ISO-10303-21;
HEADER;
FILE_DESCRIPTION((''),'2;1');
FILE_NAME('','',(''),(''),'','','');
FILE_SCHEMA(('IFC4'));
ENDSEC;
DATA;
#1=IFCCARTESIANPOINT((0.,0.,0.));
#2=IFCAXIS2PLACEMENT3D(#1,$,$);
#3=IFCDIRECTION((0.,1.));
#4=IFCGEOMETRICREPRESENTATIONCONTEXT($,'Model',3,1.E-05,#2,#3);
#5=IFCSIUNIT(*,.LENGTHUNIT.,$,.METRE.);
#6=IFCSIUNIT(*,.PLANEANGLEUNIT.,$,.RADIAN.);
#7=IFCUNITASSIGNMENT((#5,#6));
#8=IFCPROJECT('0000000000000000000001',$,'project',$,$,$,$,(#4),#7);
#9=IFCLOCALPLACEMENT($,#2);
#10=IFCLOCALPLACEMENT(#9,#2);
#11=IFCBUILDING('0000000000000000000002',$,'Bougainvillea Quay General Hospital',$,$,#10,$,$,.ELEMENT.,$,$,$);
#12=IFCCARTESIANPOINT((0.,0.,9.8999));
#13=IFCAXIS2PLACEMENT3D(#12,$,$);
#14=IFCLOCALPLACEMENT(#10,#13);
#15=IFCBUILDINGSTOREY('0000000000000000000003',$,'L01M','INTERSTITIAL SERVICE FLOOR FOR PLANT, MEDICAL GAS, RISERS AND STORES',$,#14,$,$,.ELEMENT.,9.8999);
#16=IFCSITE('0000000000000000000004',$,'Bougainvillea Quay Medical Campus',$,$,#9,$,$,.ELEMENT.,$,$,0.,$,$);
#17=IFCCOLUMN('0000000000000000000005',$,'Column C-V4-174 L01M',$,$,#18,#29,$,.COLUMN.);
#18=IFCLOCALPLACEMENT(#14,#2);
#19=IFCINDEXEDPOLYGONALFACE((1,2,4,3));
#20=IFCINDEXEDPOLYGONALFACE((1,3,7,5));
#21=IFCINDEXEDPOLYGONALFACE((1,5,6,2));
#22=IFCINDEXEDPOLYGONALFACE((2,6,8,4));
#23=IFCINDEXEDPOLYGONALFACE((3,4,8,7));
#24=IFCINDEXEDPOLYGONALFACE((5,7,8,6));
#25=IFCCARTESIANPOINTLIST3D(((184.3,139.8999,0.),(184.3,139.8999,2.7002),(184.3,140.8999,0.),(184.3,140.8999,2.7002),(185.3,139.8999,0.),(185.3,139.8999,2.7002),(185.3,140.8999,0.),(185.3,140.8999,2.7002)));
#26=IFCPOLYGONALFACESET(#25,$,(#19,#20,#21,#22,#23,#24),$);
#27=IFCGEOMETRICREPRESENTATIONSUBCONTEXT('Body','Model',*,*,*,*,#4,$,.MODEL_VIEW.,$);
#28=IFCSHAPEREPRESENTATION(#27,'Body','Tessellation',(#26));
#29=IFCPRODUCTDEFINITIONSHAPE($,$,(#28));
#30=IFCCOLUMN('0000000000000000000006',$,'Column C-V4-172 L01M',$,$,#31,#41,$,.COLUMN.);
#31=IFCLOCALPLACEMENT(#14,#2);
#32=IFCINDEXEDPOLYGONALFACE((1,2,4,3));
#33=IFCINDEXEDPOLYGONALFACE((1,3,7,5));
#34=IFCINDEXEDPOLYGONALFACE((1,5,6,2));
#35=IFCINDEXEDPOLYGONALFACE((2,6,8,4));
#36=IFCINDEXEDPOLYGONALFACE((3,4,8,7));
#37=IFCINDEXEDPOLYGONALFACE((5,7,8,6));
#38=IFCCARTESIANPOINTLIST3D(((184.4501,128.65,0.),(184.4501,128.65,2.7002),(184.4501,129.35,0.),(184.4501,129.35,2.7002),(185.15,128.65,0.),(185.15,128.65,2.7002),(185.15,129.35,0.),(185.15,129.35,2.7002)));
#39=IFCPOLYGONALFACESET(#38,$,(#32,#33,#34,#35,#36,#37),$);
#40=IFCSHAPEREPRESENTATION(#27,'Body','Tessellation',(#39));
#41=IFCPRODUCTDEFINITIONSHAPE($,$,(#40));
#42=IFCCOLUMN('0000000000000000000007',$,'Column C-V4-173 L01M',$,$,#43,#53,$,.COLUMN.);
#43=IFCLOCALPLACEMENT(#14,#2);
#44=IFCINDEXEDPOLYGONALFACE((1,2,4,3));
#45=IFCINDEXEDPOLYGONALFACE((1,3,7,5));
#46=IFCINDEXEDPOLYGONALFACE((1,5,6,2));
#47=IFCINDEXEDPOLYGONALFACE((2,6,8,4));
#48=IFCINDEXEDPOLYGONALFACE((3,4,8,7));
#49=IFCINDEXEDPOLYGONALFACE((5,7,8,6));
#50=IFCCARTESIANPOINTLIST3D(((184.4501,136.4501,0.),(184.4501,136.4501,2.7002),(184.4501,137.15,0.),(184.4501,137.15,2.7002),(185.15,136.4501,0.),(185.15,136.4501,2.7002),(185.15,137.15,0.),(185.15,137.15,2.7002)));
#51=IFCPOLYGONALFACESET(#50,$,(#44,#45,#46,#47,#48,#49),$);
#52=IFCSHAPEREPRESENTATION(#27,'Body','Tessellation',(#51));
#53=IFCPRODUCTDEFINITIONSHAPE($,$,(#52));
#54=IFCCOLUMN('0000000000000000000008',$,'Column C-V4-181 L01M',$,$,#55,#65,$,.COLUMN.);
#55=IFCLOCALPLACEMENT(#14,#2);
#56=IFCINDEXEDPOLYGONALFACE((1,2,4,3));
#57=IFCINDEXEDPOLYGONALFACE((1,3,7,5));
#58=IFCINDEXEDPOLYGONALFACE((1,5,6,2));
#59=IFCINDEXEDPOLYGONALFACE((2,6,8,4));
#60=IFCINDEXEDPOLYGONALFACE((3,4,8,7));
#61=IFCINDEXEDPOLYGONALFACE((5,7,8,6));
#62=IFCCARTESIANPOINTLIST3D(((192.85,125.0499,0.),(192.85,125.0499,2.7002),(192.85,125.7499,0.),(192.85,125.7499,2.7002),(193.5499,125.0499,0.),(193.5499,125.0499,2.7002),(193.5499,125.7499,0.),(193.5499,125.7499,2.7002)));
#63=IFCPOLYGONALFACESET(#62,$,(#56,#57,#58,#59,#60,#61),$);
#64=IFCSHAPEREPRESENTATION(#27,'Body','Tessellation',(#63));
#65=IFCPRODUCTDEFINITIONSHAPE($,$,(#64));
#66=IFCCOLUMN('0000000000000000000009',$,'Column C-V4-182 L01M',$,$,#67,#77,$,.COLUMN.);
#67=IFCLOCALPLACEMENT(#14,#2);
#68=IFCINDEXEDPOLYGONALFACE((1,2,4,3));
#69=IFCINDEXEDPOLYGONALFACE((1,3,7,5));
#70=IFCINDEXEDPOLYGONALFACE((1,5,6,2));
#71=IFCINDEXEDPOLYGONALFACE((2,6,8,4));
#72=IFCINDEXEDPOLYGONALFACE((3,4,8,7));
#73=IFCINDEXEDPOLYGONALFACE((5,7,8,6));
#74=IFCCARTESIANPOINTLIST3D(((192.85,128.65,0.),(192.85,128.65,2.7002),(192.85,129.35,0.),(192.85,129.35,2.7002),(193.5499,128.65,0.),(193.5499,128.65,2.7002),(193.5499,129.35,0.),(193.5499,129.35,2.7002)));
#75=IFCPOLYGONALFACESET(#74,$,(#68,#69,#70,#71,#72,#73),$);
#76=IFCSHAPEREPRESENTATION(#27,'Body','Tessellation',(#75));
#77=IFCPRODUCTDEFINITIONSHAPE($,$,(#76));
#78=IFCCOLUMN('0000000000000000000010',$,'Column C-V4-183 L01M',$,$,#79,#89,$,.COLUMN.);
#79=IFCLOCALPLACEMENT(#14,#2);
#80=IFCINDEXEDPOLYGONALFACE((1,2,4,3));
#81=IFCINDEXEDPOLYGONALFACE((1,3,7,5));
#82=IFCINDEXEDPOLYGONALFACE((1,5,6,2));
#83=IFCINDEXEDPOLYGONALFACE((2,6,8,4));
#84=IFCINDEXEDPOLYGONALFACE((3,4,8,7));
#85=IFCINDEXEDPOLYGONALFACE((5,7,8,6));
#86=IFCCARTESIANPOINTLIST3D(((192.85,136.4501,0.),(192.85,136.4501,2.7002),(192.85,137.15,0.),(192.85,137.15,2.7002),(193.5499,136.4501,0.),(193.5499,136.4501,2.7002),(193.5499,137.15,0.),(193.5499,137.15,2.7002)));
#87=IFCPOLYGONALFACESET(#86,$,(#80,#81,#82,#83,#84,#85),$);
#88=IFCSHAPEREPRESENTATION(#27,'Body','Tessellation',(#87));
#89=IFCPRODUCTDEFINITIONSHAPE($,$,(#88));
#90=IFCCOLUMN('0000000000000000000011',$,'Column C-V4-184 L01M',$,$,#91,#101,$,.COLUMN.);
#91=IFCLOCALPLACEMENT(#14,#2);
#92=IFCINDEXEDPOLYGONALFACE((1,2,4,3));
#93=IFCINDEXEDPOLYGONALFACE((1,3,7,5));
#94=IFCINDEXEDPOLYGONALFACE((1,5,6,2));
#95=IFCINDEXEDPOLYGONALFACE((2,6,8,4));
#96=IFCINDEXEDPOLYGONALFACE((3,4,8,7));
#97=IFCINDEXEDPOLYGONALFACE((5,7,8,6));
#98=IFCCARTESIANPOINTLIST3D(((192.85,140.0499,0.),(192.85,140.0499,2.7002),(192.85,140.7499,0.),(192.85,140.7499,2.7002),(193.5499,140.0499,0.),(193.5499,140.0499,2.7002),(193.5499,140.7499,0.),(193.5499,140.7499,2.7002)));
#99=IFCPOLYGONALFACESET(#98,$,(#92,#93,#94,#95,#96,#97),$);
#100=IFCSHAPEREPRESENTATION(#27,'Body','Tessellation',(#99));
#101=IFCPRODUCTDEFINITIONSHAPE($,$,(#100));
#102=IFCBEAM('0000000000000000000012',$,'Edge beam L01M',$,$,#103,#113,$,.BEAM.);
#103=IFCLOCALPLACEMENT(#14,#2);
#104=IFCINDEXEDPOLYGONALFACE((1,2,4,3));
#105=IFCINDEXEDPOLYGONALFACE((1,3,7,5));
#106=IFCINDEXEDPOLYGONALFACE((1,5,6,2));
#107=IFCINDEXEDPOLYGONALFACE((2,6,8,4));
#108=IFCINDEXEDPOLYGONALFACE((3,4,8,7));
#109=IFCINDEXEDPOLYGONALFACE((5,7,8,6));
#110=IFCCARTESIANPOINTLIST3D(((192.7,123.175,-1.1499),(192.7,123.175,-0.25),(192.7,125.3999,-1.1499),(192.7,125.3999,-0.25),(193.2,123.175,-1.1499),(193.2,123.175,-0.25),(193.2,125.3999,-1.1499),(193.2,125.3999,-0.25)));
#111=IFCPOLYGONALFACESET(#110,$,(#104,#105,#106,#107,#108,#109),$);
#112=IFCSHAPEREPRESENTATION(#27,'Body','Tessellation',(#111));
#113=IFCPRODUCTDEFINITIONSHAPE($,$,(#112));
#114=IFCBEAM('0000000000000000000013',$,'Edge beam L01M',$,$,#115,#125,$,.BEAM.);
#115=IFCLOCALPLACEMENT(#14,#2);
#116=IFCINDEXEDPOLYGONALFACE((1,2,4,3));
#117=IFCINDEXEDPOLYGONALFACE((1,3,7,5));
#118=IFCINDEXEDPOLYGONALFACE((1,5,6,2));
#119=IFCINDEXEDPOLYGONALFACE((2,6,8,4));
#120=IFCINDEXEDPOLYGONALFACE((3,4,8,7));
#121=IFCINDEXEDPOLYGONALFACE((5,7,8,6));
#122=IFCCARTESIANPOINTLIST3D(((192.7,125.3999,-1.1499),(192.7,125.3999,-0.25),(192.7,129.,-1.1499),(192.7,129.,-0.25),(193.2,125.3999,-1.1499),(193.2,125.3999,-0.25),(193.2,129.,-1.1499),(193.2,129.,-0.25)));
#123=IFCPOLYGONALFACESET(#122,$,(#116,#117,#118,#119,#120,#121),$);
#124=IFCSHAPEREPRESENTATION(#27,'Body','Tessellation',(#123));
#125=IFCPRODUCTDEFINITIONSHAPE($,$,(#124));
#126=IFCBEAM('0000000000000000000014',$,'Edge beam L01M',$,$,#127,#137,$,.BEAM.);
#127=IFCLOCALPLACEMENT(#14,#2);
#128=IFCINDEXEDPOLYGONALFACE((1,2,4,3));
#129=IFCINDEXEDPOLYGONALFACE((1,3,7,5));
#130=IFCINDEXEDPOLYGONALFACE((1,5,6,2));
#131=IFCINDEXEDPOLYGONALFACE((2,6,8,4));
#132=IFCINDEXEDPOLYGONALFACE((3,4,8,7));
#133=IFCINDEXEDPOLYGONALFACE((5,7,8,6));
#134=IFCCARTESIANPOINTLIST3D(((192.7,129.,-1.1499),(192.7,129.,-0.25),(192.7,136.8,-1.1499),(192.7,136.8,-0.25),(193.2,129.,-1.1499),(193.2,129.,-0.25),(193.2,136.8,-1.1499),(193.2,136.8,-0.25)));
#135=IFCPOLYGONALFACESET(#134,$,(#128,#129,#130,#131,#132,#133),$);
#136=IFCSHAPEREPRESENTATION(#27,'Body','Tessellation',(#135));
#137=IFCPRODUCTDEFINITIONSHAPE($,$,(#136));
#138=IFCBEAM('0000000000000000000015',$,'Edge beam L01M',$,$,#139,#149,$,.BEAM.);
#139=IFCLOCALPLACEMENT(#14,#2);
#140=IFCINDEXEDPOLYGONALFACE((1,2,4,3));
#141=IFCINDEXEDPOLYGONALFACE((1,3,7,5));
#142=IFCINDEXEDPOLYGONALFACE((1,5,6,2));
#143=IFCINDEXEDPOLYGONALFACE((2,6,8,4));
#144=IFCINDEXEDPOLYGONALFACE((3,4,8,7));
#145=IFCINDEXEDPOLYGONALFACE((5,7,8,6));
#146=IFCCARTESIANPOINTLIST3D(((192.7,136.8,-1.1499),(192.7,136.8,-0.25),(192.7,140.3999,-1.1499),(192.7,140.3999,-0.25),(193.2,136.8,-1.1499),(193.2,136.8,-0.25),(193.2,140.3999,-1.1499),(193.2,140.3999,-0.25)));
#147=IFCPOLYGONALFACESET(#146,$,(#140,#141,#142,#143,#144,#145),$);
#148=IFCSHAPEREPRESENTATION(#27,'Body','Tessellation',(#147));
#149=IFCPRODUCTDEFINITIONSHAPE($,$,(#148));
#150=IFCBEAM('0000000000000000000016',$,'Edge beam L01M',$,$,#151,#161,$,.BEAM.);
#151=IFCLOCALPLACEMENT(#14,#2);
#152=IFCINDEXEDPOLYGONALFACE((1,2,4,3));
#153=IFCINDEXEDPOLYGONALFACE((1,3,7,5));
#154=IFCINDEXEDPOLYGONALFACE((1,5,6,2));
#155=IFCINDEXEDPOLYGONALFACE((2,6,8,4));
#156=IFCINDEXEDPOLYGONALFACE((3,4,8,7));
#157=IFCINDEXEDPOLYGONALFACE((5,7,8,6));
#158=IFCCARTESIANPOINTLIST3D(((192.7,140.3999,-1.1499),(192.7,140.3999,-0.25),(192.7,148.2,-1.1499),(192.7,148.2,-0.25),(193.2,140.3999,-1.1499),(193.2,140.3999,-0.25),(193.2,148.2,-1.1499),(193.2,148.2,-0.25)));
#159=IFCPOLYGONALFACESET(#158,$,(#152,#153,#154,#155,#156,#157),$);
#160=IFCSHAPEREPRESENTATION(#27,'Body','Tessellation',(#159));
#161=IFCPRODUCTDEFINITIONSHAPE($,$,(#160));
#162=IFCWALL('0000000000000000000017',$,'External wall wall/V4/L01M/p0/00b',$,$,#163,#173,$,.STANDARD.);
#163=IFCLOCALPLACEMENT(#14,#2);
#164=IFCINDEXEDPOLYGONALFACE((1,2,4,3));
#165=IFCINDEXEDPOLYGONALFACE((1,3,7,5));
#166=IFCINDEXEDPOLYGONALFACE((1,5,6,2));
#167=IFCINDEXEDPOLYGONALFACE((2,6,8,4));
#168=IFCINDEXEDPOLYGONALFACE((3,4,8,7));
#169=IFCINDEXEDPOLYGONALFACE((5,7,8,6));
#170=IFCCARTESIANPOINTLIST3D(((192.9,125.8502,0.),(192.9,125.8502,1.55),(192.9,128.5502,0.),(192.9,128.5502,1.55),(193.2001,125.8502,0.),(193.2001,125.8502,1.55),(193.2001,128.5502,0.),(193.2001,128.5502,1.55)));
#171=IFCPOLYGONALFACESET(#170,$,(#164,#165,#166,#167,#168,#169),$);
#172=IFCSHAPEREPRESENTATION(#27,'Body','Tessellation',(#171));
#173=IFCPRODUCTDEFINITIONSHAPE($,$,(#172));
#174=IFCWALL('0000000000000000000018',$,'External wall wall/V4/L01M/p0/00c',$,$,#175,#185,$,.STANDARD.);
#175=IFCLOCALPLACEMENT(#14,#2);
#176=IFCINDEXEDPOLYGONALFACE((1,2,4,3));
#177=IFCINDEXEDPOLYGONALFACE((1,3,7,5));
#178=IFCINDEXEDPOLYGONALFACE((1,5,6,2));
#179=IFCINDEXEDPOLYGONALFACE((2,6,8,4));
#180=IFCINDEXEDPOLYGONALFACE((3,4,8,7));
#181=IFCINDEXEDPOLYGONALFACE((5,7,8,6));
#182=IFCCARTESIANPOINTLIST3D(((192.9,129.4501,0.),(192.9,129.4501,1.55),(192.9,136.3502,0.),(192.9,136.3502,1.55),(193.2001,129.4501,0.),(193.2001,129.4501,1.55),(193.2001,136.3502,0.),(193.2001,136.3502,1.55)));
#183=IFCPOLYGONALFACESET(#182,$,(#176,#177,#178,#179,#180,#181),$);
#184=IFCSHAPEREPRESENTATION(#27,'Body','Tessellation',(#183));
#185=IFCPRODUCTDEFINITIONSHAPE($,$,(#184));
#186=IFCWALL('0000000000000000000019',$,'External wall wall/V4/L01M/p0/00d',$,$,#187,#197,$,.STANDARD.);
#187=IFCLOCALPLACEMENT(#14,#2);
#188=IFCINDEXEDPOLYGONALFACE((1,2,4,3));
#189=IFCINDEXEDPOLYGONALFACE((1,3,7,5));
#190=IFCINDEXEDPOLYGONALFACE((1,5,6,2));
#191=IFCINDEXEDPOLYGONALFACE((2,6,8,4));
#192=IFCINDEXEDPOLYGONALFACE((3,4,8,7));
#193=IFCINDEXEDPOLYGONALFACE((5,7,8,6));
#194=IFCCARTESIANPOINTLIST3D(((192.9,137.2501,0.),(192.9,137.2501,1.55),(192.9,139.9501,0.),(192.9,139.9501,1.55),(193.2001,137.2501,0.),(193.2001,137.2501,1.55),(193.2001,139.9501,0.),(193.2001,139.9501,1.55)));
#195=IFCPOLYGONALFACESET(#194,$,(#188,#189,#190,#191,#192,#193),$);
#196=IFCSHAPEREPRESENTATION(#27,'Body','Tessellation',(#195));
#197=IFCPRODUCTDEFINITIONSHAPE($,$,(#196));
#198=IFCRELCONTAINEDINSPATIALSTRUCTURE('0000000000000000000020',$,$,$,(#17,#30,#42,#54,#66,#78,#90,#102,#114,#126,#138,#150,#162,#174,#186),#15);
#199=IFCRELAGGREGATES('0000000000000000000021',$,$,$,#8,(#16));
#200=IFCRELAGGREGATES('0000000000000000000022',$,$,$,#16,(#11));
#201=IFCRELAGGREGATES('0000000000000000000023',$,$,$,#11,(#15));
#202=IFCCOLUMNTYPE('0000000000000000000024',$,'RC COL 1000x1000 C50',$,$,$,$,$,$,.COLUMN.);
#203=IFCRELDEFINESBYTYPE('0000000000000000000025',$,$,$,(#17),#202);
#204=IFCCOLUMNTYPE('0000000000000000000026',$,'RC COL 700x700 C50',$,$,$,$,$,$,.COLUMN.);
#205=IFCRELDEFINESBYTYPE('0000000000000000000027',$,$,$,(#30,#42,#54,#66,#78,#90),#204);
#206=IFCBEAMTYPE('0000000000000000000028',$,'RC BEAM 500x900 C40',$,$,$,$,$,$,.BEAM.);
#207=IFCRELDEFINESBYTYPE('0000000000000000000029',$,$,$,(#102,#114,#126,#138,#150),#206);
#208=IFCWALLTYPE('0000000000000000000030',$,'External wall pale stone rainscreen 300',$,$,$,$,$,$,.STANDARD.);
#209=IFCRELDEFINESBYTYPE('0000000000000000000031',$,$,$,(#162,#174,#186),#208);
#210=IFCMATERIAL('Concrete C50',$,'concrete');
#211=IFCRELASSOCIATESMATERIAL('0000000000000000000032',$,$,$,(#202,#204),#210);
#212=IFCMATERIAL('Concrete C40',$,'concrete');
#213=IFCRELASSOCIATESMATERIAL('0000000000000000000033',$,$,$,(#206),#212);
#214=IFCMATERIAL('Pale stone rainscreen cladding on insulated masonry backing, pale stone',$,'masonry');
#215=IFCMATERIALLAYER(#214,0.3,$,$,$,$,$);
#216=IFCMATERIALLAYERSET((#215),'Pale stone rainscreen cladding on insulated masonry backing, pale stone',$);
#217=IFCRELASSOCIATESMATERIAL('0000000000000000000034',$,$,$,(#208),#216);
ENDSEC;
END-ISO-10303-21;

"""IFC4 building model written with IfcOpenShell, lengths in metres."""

from ifc_helpers import new_model, si_unit, direction, frame, frame_2d, origin, origin_2d, place, context, subcontext, project, spatial, rectangle, extrude, material, layer, layer_set, material_profile, profile_set, type_object, element, save


model = new_model("IFC4")

# Units and contexts
model_context = context("Model", 3, precision=1e-05, world=origin(), true_north=direction((0.0, 1.0)))
body_context = subcontext(model_context, "Body", "Model", "MODEL_VIEW")
ifc_project = project(units=[si_unit("LENGTHUNIT", "METRE"), si_unit("PLANEANGLEUNIT", "RADIAN")], contexts=[model_context])

# Site, building, storey
site_placement = place(None, origin())
site = spatial("IfcSite", under=ifc_project, at=site_placement, Name="Bougainvillea Quay Medical Campus", CompositionType="ELEMENT", RefElevation=0.0)
building_placement = place(site_placement, origin())
building = spatial("IfcBuilding", under=site, at=building_placement, Name="Bougainvillea Quay General Hospital", CompositionType="ELEMENT")
storey_placement = place(building_placement, frame((0.0, 0.0, 9.8999)))
storey = spatial("IfcBuildingStorey", under=building, at=storey_placement, Name="L01M", Description="INTERSTITIAL SERVICE FLOOR FOR PLANT, MEDICAL GAS, RISERS AND STORES", CompositionType="ELEMENT", Elevation=9.8999)

# Columns
ifc_material_1 = material(Name="Concrete C50", Category="concrete")
ifc_material_profile_1 = material_profile(ifc_material_1, rectangle(XDim=1.0, YDim=1.0, at=origin_2d()))
ifc_profile_set_1 = profile_set([ifc_material_profile_1], Name="Concrete C50")
column_type_1 = type_object("IfcColumnType", Name="RC COL 1000x1000 C50", PredefinedType="COLUMN", material=ifc_profile_set_1)
column_placement = place(storey_placement, frame((184.8, 140.3999, 0.0), z_axis=(0.0, 0.0, 1.0), x_axis=(1.0, 0.0, 0.0)))
element("IfcColumn", 1, at=column_placement, inside=storey, type_object=column_type_1, Name="Column C-V4-174 L01M", PredefinedType="COLUMN", context=body_context, shape_type="SweptSolid", body=[
    extrude(rectangle(XDim=1.0, YDim=1.0, at=origin_2d()), origin(), (0.0, 0.0, 1.0), 2.7002),
])
ifc_material_profile_2 = material_profile(ifc_material_1, rectangle(XDim=0.7, YDim=0.7, at=origin_2d()))
ifc_profile_set_2 = profile_set([ifc_material_profile_2], Name="Concrete C50")
column_type_2 = type_object("IfcColumnType", Name="RC COL 700x700 C50", PredefinedType="COLUMN", material=ifc_profile_set_2)
for number, where, z_axis, x_axis, name in (
    (2, (184.8, 129.0, 0.0), (0.0, 0.0, 1.0), (1.0, 0.0, 0.0), "Column C-V4-172 L01M"),
    (3, (184.8, 136.8, 0.0), (0.0, 0.0, 1.0), (1.0, 0.0, 0.0), "Column C-V4-173 L01M"),
    (4, (193.2, 125.3999, 0.0), (0.0, 0.0, 1.0), (1.0, 0.0, 0.0), "Column C-V4-181 L01M"),
    (5, (193.2, 129.0, 0.0), (0.0, 0.0, 1.0), (1.0, 0.0, 0.0), "Column C-V4-182 L01M"),
    (6, (193.2, 136.8, 0.0), (0.0, 0.0, 1.0), (1.0, 0.0, 0.0), "Column C-V4-183 L01M"),
    (7, (193.2, 140.3999, 0.0), (0.0, 0.0, 1.0), (1.0, 0.0, 0.0), "Column C-V4-184 L01M"),
):
    element("IfcColumn", number, at=place(storey_placement, frame(where, z_axis=z_axis, x_axis=x_axis)), inside=storey, type_object=column_type_2, Name=name, PredefinedType="COLUMN", context=body_context, shape_type="SweptSolid", body=[
        extrude(rectangle(XDim=0.7, YDim=0.7, at=origin_2d()), origin(), (0.0, 0.0, 1.0), 2.7002),
    ])

# Beams
ifc_material_2 = material(Name="Concrete C40", Category="concrete")
ifc_material_profile_3 = material_profile(ifc_material_2, rectangle(XDim=0.5, YDim=0.8999, at=origin_2d()))
ifc_profile_set_3 = profile_set([ifc_material_profile_3], Name="Concrete C40")
beam_type = type_object("IfcBeamType", Name="RC BEAM 500x900 C40", PredefinedType="BEAM", material=ifc_profile_set_3)
beam_1_placement = place(storey_placement, frame((192.95, 123.175, -0.7), z_axis=(0.0, 1.0, 0.0), x_axis=(-1.0, 0.0, 0.0)))
element("IfcBeam", 8, at=beam_1_placement, inside=storey, type_object=beam_type, Name="Edge beam L01M", PredefinedType="BEAM", context=body_context, shape_type="SweptSolid", body=[
    extrude(rectangle(XDim=0.5, YDim=0.8999, at=origin_2d()), origin(), (0.0, 0.0, 1.0), 2.2249),
])
beam_2_placement = place(storey_placement, frame((192.95, 125.3999, -0.7), z_axis=(0.0, 1.0, 0.0), x_axis=(-1.0, 0.0, 0.0)))
element("IfcBeam", 9, at=beam_2_placement, inside=storey, type_object=beam_type, Name="Edge beam L01M", PredefinedType="BEAM", context=body_context, shape_type="SweptSolid", body=[
    extrude(rectangle(XDim=0.5, YDim=0.8999, at=origin_2d()), origin(), (0.0, 0.0, 1.0), 3.6001),
])
beam_3_placement = place(storey_placement, frame((192.95, 129.0, -0.7), z_axis=(0.0, 1.0, 0.0), x_axis=(-1.0, 0.0, 0.0)))
element("IfcBeam", 10, at=beam_3_placement, inside=storey, type_object=beam_type, Name="Edge beam L01M", PredefinedType="BEAM", context=body_context, shape_type="SweptSolid", body=[
    extrude(rectangle(XDim=0.5, YDim=0.8999, at=origin_2d()), origin(), (0.0, 0.0, 1.0), 7.8),
])
beam_4_placement = place(storey_placement, frame((192.95, 136.8, -0.7), z_axis=(0.0, 1.0, 0.0), x_axis=(-1.0, 0.0, 0.0)))
element("IfcBeam", 11, at=beam_4_placement, inside=storey, type_object=beam_type, Name="Edge beam L01M", PredefinedType="BEAM", context=body_context, shape_type="SweptSolid", body=[
    extrude(rectangle(XDim=0.5, YDim=0.8999, at=origin_2d()), origin(), (0.0, 0.0, 1.0), 3.5999),
])
beam_5_placement = place(storey_placement, frame((192.95, 140.3999, -0.7), z_axis=(0.0, 1.0, 0.0), x_axis=(-1.0, 0.0, 0.0)))
element("IfcBeam", 12, at=beam_5_placement, inside=storey, type_object=beam_type, Name="Edge beam L01M", PredefinedType="BEAM", context=body_context, shape_type="SweptSolid", body=[
    extrude(rectangle(XDim=0.5, YDim=0.8999, at=origin_2d()), origin(), (0.0, 0.0, 1.0), 7.8),
])

# Walls
ifc_material_3 = material(Name="Pale stone rainscreen cladding on insulated masonry backing, pale stone", Category="masonry")
ifc_layer_1 = layer(ifc_material_3, 0.3)
ifc_layer_set_1 = layer_set([ifc_layer_1], Name="Pale stone rainscreen cladding on insulated masonry backing, pale stone")
wall_type_1 = type_object("IfcWallType", Name="External wall pale stone rainscreen 300", PredefinedType="STANDARD", material=ifc_layer_set_1)
wall_1_placement = place(storey_placement, frame((193.05, 125.8501, 0.0), z_axis=(0.0, 0.0, 1.0), x_axis=(0.0, 1.0, 0.0)))
element("IfcWall", 13, at=wall_1_placement, inside=storey, type_object=wall_type_1, Name="External wall wall/V4/L01M/p0/00b", PredefinedType="STANDARD", context=body_context, shape_type="SweptSolid", body=[
    extrude(rectangle(XDim=2.7, YDim=0.3, at=frame_2d((1.3501, 0.0))), origin(), (0.0, 0.0, 1.0), 1.55),
])
wall_2_placement = place(storey_placement, frame((193.05, 129.45, 0.0), z_axis=(0.0, 0.0, 1.0), x_axis=(0.0, 1.0, 0.0)))
element("IfcWall", 14, at=wall_2_placement, inside=storey, type_object=wall_type_1, Name="External wall wall/V4/L01M/p0/00c", PredefinedType="STANDARD", context=body_context, shape_type="SweptSolid", body=[
    extrude(rectangle(XDim=6.9001, YDim=0.3, at=frame_2d((3.4502, 0.0))), origin(), (0.0, 0.0, 1.0), 1.55),
])
wall_3_placement = place(storey_placement, frame((193.05, 137.25, 0.0), z_axis=(0.0, 0.0, 1.0), x_axis=(0.0, 1.0, 0.0)))
element("IfcWall", 15, at=wall_3_placement, inside=storey, type_object=wall_type_1, Name="External wall wall/V4/L01M/p0/00d", PredefinedType="STANDARD", context=body_context, shape_type="SweptSolid", body=[
    extrude(rectangle(XDim=2.7, YDim=0.3, at=frame_2d((1.3501, 0.0))), origin(), (0.0, 0.0, 1.0), 1.55),
])

save(model, "model.ifc")
